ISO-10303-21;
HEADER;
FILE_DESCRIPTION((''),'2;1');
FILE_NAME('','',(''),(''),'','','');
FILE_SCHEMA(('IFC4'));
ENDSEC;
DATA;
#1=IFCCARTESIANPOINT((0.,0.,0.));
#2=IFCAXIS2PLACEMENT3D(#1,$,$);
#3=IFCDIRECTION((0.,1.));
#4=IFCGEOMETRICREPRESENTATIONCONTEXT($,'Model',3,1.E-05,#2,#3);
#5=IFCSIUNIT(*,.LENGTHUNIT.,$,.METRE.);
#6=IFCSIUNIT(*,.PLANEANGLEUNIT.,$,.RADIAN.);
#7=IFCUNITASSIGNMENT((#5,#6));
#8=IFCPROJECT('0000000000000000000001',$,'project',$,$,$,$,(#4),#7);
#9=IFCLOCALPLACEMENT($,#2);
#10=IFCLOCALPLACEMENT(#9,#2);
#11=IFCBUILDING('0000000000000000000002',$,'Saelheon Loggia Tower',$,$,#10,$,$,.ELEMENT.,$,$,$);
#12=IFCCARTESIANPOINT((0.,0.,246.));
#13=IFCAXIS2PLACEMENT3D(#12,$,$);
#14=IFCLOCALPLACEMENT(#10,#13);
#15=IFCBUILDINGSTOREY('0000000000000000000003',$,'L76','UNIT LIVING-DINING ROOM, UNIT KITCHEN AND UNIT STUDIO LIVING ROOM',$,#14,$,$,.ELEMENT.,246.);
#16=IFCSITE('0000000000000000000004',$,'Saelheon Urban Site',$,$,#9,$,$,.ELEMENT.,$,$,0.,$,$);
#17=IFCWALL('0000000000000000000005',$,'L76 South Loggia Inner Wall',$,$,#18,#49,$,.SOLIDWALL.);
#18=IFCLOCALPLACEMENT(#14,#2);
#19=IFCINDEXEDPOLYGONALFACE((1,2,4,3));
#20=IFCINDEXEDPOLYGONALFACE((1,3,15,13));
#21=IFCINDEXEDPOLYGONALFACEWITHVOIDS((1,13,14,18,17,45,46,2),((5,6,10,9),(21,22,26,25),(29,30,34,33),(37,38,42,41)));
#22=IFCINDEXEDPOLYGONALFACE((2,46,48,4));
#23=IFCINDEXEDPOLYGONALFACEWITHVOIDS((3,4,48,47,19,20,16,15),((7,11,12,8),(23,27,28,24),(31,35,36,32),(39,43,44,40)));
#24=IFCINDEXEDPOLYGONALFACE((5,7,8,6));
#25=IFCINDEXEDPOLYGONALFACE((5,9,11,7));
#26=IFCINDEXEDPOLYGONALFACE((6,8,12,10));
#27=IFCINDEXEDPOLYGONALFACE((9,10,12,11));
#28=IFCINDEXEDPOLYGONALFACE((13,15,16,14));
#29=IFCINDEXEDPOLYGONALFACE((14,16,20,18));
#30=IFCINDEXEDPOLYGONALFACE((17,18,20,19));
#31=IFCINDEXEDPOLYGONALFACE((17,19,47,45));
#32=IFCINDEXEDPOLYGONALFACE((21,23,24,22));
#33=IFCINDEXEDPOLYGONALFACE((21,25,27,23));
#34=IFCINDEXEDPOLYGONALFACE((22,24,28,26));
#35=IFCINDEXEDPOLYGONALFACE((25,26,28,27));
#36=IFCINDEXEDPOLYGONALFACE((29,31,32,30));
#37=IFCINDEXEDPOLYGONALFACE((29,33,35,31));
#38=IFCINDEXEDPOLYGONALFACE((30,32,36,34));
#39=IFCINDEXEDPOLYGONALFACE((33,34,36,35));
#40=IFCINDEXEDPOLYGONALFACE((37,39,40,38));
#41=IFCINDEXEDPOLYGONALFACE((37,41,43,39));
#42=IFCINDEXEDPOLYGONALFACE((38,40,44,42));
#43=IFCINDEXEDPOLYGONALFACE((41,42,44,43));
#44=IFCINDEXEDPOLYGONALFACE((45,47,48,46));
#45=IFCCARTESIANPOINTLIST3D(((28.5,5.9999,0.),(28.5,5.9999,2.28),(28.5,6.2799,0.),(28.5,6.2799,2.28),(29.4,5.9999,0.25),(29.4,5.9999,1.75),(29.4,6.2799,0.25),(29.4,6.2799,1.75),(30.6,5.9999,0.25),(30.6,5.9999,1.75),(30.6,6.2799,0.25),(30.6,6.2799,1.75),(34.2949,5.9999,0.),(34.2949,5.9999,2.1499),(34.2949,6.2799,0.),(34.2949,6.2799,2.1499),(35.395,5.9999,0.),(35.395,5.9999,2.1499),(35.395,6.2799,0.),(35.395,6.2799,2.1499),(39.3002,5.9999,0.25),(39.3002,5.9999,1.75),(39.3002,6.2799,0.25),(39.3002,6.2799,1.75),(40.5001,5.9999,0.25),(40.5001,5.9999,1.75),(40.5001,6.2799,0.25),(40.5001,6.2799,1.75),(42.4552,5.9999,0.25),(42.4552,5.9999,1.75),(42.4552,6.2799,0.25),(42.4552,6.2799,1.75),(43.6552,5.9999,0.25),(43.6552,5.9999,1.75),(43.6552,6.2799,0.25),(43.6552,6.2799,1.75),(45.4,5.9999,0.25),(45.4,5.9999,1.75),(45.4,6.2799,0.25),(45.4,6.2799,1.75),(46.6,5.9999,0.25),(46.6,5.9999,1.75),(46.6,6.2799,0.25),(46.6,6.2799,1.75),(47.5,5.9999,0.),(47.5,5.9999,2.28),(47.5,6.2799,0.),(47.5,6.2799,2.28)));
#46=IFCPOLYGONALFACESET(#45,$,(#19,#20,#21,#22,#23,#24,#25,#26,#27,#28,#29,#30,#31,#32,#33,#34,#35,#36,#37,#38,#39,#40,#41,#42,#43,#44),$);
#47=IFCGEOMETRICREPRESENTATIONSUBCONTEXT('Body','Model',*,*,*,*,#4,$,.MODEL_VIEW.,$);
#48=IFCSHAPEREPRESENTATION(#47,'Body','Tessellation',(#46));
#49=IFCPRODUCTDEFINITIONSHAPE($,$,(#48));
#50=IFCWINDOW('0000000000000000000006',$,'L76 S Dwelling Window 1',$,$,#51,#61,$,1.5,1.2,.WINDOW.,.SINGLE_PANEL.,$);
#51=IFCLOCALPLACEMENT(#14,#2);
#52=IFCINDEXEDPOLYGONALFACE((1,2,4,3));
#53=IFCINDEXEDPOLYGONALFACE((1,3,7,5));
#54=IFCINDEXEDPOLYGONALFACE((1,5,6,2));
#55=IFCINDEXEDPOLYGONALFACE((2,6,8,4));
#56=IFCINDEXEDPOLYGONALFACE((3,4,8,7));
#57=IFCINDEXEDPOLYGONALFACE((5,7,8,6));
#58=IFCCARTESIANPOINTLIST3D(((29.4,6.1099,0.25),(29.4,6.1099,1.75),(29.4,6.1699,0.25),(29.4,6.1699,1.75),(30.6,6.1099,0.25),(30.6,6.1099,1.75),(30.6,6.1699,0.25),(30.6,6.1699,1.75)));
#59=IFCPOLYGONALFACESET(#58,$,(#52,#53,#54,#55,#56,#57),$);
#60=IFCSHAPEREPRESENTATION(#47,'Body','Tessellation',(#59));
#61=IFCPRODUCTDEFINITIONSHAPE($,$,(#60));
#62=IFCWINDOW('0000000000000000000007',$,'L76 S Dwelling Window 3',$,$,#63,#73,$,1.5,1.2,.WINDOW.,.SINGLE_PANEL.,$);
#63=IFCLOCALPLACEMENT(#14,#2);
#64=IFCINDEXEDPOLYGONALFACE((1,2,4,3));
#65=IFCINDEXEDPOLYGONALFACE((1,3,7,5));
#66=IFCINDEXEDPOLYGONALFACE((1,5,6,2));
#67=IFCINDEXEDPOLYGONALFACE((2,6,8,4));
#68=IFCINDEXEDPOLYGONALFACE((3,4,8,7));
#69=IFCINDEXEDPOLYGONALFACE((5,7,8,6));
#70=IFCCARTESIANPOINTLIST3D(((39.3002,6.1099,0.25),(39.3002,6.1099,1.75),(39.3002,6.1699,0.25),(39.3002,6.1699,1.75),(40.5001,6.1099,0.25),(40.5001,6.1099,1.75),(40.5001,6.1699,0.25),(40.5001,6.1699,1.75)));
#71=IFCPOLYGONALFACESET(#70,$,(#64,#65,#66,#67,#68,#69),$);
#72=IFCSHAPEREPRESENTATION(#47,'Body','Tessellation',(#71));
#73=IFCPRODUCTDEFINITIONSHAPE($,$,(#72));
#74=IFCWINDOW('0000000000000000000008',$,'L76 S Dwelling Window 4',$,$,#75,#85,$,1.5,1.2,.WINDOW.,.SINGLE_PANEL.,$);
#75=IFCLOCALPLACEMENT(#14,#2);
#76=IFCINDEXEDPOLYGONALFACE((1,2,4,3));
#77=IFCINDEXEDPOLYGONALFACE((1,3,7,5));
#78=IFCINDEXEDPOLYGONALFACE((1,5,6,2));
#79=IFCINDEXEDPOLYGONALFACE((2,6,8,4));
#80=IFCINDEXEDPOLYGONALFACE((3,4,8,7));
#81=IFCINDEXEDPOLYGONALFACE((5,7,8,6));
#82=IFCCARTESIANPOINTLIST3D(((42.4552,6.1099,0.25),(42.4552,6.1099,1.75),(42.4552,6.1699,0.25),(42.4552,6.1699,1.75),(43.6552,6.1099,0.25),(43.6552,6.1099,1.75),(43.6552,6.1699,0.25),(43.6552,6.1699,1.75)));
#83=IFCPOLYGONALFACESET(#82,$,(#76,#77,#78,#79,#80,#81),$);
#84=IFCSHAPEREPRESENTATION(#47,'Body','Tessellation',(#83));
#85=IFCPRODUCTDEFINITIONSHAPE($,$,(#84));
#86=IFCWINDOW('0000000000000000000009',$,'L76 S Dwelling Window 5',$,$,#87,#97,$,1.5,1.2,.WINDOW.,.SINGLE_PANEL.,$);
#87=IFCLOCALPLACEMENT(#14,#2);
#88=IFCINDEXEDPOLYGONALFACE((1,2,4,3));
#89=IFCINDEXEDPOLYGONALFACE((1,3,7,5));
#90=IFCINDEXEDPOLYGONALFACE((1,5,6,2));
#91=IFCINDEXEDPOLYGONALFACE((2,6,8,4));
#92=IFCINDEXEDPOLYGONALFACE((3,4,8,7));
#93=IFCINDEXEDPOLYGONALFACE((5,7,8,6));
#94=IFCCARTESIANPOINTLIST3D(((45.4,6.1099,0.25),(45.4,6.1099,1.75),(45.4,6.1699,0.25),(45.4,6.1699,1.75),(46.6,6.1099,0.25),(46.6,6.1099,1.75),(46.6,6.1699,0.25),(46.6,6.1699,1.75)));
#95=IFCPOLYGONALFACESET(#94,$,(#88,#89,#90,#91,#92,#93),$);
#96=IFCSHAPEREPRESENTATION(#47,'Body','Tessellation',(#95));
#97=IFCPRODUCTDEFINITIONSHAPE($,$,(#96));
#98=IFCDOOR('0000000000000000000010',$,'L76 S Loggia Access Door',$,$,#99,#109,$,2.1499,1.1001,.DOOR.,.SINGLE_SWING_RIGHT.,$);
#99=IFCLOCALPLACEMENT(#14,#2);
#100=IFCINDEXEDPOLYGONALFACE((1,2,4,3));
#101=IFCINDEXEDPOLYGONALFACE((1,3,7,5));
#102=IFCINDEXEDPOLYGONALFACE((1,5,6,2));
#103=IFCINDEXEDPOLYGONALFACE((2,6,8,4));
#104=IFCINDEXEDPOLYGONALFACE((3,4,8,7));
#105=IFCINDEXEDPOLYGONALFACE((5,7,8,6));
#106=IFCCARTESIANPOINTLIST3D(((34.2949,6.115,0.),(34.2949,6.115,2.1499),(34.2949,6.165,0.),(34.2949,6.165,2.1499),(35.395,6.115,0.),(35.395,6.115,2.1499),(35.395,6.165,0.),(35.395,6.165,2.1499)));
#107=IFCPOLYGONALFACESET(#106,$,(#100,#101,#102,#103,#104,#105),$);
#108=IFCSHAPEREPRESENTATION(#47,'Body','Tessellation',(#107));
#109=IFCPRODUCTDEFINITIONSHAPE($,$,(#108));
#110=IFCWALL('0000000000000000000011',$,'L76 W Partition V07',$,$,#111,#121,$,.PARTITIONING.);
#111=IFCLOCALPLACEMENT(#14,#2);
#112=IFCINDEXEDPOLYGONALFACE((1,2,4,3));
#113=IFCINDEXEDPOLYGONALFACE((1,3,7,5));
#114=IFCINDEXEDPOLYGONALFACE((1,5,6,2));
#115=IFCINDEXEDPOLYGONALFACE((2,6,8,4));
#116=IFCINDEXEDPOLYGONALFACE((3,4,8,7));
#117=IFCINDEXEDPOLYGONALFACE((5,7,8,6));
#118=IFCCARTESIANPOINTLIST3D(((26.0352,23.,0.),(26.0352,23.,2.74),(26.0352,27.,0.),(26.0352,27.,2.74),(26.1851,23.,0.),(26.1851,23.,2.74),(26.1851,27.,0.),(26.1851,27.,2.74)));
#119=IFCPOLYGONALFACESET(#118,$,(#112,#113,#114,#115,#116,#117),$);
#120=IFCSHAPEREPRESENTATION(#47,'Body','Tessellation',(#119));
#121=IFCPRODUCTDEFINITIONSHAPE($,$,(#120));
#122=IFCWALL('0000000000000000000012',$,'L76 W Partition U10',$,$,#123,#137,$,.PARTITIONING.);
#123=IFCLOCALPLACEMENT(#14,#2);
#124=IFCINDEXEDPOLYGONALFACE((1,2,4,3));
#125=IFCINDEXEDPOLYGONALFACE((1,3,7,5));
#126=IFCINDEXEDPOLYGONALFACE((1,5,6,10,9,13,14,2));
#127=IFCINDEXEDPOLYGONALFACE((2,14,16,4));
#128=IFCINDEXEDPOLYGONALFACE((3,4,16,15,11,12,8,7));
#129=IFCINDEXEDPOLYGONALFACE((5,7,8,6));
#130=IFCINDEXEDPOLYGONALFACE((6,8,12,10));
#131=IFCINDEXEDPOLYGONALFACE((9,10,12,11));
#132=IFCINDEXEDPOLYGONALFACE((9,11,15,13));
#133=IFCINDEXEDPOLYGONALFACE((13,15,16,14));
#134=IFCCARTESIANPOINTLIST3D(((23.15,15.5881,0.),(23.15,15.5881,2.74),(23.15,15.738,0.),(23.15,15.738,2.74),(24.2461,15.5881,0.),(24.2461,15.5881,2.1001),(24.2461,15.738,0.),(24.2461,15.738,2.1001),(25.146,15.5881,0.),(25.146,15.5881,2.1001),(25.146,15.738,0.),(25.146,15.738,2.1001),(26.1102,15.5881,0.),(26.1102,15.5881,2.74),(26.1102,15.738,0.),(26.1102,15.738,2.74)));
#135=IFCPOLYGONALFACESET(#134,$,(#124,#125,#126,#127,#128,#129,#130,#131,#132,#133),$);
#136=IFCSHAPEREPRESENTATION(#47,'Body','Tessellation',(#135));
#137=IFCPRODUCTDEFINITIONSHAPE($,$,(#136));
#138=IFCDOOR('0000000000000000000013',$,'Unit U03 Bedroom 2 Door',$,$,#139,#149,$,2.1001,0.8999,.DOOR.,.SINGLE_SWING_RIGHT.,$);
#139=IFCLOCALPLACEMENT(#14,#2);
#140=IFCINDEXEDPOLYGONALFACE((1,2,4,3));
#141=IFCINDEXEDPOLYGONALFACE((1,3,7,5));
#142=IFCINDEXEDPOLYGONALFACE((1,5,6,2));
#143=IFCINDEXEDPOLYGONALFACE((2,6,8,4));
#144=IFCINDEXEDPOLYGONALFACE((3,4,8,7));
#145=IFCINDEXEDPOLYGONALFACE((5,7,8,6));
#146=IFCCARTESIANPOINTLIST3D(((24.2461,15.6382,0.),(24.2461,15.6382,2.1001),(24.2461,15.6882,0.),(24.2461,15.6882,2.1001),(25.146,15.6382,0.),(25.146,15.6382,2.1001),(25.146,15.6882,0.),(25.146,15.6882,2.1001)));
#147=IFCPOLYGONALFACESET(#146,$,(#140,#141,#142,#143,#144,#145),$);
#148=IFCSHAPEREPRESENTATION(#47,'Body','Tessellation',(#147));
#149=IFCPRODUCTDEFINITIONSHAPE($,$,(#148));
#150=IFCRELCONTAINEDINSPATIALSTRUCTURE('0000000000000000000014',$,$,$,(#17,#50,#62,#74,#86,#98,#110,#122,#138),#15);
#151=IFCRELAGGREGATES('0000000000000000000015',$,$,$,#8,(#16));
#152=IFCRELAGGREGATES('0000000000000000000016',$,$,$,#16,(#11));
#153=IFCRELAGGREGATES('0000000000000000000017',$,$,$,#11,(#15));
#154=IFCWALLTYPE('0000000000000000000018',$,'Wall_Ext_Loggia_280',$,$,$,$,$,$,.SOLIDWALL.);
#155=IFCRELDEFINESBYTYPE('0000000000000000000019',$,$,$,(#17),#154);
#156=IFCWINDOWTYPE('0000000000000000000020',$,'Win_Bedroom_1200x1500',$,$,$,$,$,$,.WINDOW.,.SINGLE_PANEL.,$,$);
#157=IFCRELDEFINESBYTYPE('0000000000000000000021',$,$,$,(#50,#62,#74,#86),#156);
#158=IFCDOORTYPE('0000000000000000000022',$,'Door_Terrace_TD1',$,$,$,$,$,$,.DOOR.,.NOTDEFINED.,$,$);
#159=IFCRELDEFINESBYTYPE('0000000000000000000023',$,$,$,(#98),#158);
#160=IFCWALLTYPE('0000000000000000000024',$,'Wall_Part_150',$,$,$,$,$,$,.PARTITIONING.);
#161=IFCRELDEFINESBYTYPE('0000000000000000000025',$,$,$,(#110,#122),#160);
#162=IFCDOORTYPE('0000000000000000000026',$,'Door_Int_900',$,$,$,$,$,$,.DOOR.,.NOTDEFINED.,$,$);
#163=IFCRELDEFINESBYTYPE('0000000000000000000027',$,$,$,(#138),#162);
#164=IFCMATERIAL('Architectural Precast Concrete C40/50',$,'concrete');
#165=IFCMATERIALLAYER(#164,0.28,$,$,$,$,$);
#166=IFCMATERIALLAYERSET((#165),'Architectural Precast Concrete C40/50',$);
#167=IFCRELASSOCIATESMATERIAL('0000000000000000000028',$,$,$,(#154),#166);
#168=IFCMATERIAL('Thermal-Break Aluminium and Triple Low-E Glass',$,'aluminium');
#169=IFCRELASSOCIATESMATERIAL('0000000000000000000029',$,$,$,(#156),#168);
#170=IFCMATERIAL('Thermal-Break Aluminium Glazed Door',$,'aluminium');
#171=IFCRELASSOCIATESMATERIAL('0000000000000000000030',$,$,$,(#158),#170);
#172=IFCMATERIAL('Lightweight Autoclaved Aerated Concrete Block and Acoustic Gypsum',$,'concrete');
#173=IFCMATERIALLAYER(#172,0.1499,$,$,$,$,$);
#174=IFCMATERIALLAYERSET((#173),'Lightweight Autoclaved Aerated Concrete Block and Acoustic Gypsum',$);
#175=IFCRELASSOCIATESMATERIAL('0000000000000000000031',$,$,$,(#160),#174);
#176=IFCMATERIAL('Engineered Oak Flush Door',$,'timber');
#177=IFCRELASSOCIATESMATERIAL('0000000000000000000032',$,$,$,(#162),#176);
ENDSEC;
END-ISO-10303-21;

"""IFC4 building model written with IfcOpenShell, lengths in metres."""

from ifc_helpers import new_model, si_unit, direction, frame, frame_2d, origin, place, context, subcontext, project, spatial, rectangle, extrude, source, transform, mapped, material, layer, layer_set, type_object, element, fill, save


model = new_model("IFC4")

# Units and contexts
model_context = context("Model", 3, precision=1e-05, world=origin(), true_north=direction((0.0, 1.0)))
body_context = subcontext(model_context, "Body", "Model", "MODEL_VIEW")
ifc_project = project(units=[si_unit("LENGTHUNIT", "METRE"), si_unit("PLANEANGLEUNIT", "RADIAN")], contexts=[model_context])

# Site, building, storey
site_placement = place(None, origin())
site = spatial("IfcSite", under=ifc_project, at=site_placement, Name="Saelheon Urban Site", CompositionType="ELEMENT", RefElevation=0.0)
building_placement = place(site_placement, origin())
building = spatial("IfcBuilding", under=site, at=building_placement, Name="Saelheon Loggia Tower", CompositionType="ELEMENT")
storey_placement = place(building_placement, frame((0.0, 0.0, 246.0)))
storey = spatial("IfcBuildingStorey", under=building, at=storey_placement, Name="L76", Description="UNIT LIVING-DINING ROOM, UNIT KITCHEN AND UNIT STUDIO LIVING ROOM", CompositionType="ELEMENT", Elevation=246.0)

# Wall, openings, windows, door
ifc_material_1 = material(Name="Architectural Precast Concrete C40/50", Category="concrete")
ifc_layer_1 = layer(ifc_material_1, 0.28)
ifc_layer_set_1 = layer_set([ifc_layer_1], Name="Architectural Precast Concrete C40/50")
wall_type_1 = type_object("IfcWallType", Name="Wall_Ext_Loggia_280", PredefinedType="SOLIDWALL", material=ifc_layer_set_1)
wall_1_placement = place(storey_placement, frame((28.5, 6.1399, 0.0), z_axis=(0.0, 0.0, 1.0), x_axis=(1.0, 0.0, 0.0)))
wall_1 = element("IfcWall", 1, at=wall_1_placement, inside=storey, type_object=wall_type_1, Name="L76 South Loggia Inner Wall", PredefinedType="SOLIDWALL", context=body_context, shape_type="SweptSolid", body=[
    extrude(rectangle(XDim=19.0, YDim=0.28, at=frame_2d((9.5, 0.0))), origin(), (0.0, 0.0, 1.0), 2.28),
])
opening_1_placement = place(wall_1_placement, frame((0.8999, 0.0, 0.25)))
opening_1 = element("IfcOpeningElement", 2, at=opening_1_placement, cuts=wall_1, PredefinedType="OPENING", context=body_context, shape_type="SweptSolid", body=[
    extrude(rectangle(XDim=1.2, YDim=1.5, at=frame_2d((0.6001, 0.75))), frame((0.0, 0.1521, 0.0), z_axis=(0.0, -1.0, 0.0), x_axis=(1.0, 0.0, 0.0)), (0.0, 0.0, 1.0), 0.304),
])
opening_2_placement = place(wall_1_placement, frame((6.895, 0.0, 0.0), z_axis=(0.0, 0.0, 1.0), x_axis=(-1.0, 0.0, 0.0)))
opening_2 = element("IfcOpeningElement", 3, at=opening_2_placement, cuts=wall_1, PredefinedType="OPENING", context=body_context, shape_type="SweptSolid", body=[
    extrude(rectangle(XDim=1.1001, YDim=2.1499, at=frame_2d((0.55, 1.075))), frame((0.0, 0.1521, 0.0), z_axis=(0.0, -1.0, 0.0), x_axis=(1.0, 0.0, 0.0)), (0.0, 0.0, 1.0), 0.304),
])
opening_3_placement = place(wall_1_placement, frame((10.8, 0.0, 0.25)))
opening_3 = element("IfcOpeningElement", 4, at=opening_3_placement, cuts=wall_1, PredefinedType="OPENING", context=body_context, shape_type="SweptSolid", body=[
    extrude(rectangle(XDim=1.2, YDim=1.5, at=frame_2d((0.6001, 0.75))), frame((0.0, 0.1521, 0.0), z_axis=(0.0, -1.0, 0.0), x_axis=(1.0, 0.0, 0.0)), (0.0, 0.0, 1.0), 0.304),
])
opening_4_placement = place(wall_1_placement, frame((13.9551, 0.0, 0.25)))
opening_4 = element("IfcOpeningElement", 5, at=opening_4_placement, cuts=wall_1, PredefinedType="OPENING", context=body_context, shape_type="SweptSolid", body=[
    extrude(rectangle(XDim=1.2, YDim=1.5, at=frame_2d((0.6001, 0.75))), frame((0.0, 0.1521, 0.0), z_axis=(0.0, -1.0, 0.0), x_axis=(1.0, 0.0, 0.0)), (0.0, 0.0, 1.0), 0.304),
])
opening_5_placement = place(wall_1_placement, frame((16.8999, 0.0, 0.25)))
opening_5 = element("IfcOpeningElement", 6, at=opening_5_placement, cuts=wall_1, PredefinedType="OPENING", context=body_context, shape_type="SweptSolid", body=[
    extrude(rectangle(XDim=1.2, YDim=1.5, at=frame_2d((0.6001, 0.75))), frame((0.0, 0.1521, 0.0), z_axis=(0.0, -1.0, 0.0), x_axis=(1.0, 0.0, 0.0)), (0.0, 0.0, 1.0), 0.304),
])
ifc_material_2 = material(Name="Thermal-Break Aluminium and Triple Low-E Glass", Category="aluminium")
window_type = type_object("IfcWindowType", Name="Win_Bedroom_1200x1500", PartitioningType="SINGLE_PANEL", PredefinedType="WINDOW", material=ifc_material_2)
shared_shape_1 = source(origin(), body_context, "Body", "SweptSolid", [
    extrude(rectangle(XDim=1.2, YDim=1.5, at=frame_2d((0.6001, 0.75))), frame((0.0, 0.03, 0.0), z_axis=(0.0, -1.0, 0.0), x_axis=(1.0, 0.0, 0.0)), (0.0, 0.0, 1.0), 0.0601),
])
window_1_placement = place(opening_1_placement, origin())
window_1 = element("IfcWindow", 7, at=window_1_placement, inside=storey, type_object=window_type, Name="L76 S Dwelling Window 1", OverallHeight=1.5, OverallWidth=1.2, PartitioningType="SINGLE_PANEL", PredefinedType="WINDOW", context=body_context, shape_type="MappedRepresentation", body=[
    mapped(shared_shape_1, transform((0.0, 0.0, 0.0), scale=1.0)),
])
fill(opening_1, window_1)
window_2_placement = place(opening_3_placement, origin())
window_2 = element("IfcWindow", 8, at=window_2_placement, inside=storey, type_object=window_type, Name="L76 S Dwelling Window 3", OverallHeight=1.5, OverallWidth=1.2, PartitioningType="SINGLE_PANEL", PredefinedType="WINDOW", context=body_context, shape_type="MappedRepresentation", body=[
    mapped(shared_shape_1, transform((0.0, 0.0, 0.0), scale=1.0)),
])
fill(opening_3, window_2)
window_3_placement = place(opening_4_placement, origin())
window_3 = element("IfcWindow", 9, at=window_3_placement, inside=storey, type_object=window_type, Name="L76 S Dwelling Window 4", OverallHeight=1.5, OverallWidth=1.2, PartitioningType="SINGLE_PANEL", PredefinedType="WINDOW", context=body_context, shape_type="MappedRepresentation", body=[
    mapped(shared_shape_1, transform((0.0, 0.0, 0.0), scale=1.0)),
])
fill(opening_4, window_3)
window_4_placement = place(opening_5_placement, origin())
window_4 = element("IfcWindow", 10, at=window_4_placement, inside=storey, type_object=window_type, Name="L76 S Dwelling Window 5", OverallHeight=1.5, OverallWidth=1.2, PartitioningType="SINGLE_PANEL", PredefinedType="WINDOW", context=body_context, shape_type="MappedRepresentation", body=[
    mapped(shared_shape_1, transform((0.0, 0.0, 0.0), scale=1.0)),
])
fill(opening_5, window_4)
ifc_material_3 = material(Name="Thermal-Break Aluminium Glazed Door", Category="aluminium")
door_type_1 = type_object("IfcDoorType", Name="Door_Terrace_TD1", OperationType="NOTDEFINED", PredefinedType="DOOR", material=ifc_material_3)
shared_shape_2 = source(origin(), body_context, "Body", "SweptSolid", [
    extrude(rectangle(XDim=1.1001, YDim=2.1499, at=frame_2d((0.55, 1.075))), frame((0.0, 0.0249, 0.0), z_axis=(0.0, -1.0, 0.0), x_axis=(1.0, 0.0, 0.0)), (0.0, 0.0, 1.0), 0.05),
])
door_1_placement = place(opening_2_placement, origin())
door_1 = element("IfcDoor", 11, at=door_1_placement, inside=storey, type_object=door_type_1, Name="L76 S Loggia Access Door", OperationType="SINGLE_SWING_RIGHT", OverallHeight=2.1499, OverallWidth=1.1001, PredefinedType="DOOR", context=body_context, shape_type="MappedRepresentation", body=[
    mapped(shared_shape_2, transform((0.0, 0.0, 0.0), scale=1.0)),
])
fill(opening_2, door_1)

# Wall
ifc_material_4 = material(Name="Lightweight Autoclaved Aerated Concrete Block and Acoustic Gypsum", Category="concrete")
ifc_layer_2 = layer(ifc_material_4, 0.1499)
ifc_layer_set_2 = layer_set([ifc_layer_2], Name="Lightweight Autoclaved Aerated Concrete Block and Acoustic Gypsum")
wall_type_2 = type_object("IfcWallType", Name="Wall_Part_150", PredefinedType="PARTITIONING", material=ifc_layer_set_2)
wall_2_placement = place(storey_placement, frame((26.1101, 23.0, 0.0), z_axis=(0.0, 0.0, 1.0), x_axis=(0.0, 1.0, 0.0)))
element("IfcWall", 12, at=wall_2_placement, inside=storey, type_object=wall_type_2, Name="L76 W Partition V07", PredefinedType="PARTITIONING", context=body_context, shape_type="SweptSolid", body=[
    extrude(rectangle(XDim=4.0, YDim=0.1499, at=frame_2d((2.0, 0.0))), origin(), (0.0, 0.0, 1.0), 2.74),
])

# Wall, opening, door
wall_3_placement = place(storey_placement, frame((26.1101, 15.6631, 0.0), z_axis=(0.0, 0.0, 1.0), x_axis=(-1.0, 0.0, 0.0)))
wall_3 = element("IfcWall", 13, at=wall_3_placement, inside=storey, type_object=wall_type_2, Name="L76 W Partition U10", PredefinedType="PARTITIONING", context=body_context, shape_type="SweptSolid", body=[
    extrude(rectangle(XDim=2.9602, YDim=0.1499, at=frame_2d((1.48, 0.0))), origin(), (0.0, 0.0, 1.0), 2.74),
])
opening_6_placement = place(wall_3_placement, frame((0.9641, 0.0, 0.0)))
opening_6 = element("IfcOpeningElement", 14, at=opening_6_placement, cuts=wall_3, PredefinedType="OPENING", context=body_context, shape_type="SweptSolid", body=[
    extrude(rectangle(XDim=0.8999, YDim=2.1001, at=frame_2d((0.45, 1.05))), frame((0.0, 0.0869, 0.0), z_axis=(0.0, -1.0, 0.0), x_axis=(1.0, 0.0, 0.0)), (0.0, 0.0, 1.0), 0.1738),
])
ifc_material_5 = material(Name="Engineered Oak Flush Door", Category="timber")
door_type_2 = type_object("IfcDoorType", Name="Door_Int_900", OperationType="NOTDEFINED", PredefinedType="DOOR", material=ifc_material_5)
shared_shape_3 = source(origin(), body_context, "Body", "SweptSolid", [
    extrude(rectangle(XDim=0.8999, YDim=2.1001, at=frame_2d((0.45, 1.05))), frame((0.0, 0.0249, 0.0), z_axis=(0.0, -1.0, 0.0), x_axis=(1.0, 0.0, 0.0)), (0.0, 0.0, 1.0), 0.05),
])
door_2_placement = place(opening_6_placement, origin())
door_2 = element("IfcDoor", 15, at=door_2_placement, inside=storey, type_object=door_type_2, Name="Unit U03 Bedroom 2 Door", OperationType="SINGLE_SWING_RIGHT", OverallHeight=2.1001, OverallWidth=0.8999, PredefinedType="DOOR", context=body_context, shape_type="MappedRepresentation", body=[
    mapped(shared_shape_3, transform((0.0, 0.0, 0.0), scale=1.0)),
])
fill(opening_6, door_2)

save(model, "model.ifc")
